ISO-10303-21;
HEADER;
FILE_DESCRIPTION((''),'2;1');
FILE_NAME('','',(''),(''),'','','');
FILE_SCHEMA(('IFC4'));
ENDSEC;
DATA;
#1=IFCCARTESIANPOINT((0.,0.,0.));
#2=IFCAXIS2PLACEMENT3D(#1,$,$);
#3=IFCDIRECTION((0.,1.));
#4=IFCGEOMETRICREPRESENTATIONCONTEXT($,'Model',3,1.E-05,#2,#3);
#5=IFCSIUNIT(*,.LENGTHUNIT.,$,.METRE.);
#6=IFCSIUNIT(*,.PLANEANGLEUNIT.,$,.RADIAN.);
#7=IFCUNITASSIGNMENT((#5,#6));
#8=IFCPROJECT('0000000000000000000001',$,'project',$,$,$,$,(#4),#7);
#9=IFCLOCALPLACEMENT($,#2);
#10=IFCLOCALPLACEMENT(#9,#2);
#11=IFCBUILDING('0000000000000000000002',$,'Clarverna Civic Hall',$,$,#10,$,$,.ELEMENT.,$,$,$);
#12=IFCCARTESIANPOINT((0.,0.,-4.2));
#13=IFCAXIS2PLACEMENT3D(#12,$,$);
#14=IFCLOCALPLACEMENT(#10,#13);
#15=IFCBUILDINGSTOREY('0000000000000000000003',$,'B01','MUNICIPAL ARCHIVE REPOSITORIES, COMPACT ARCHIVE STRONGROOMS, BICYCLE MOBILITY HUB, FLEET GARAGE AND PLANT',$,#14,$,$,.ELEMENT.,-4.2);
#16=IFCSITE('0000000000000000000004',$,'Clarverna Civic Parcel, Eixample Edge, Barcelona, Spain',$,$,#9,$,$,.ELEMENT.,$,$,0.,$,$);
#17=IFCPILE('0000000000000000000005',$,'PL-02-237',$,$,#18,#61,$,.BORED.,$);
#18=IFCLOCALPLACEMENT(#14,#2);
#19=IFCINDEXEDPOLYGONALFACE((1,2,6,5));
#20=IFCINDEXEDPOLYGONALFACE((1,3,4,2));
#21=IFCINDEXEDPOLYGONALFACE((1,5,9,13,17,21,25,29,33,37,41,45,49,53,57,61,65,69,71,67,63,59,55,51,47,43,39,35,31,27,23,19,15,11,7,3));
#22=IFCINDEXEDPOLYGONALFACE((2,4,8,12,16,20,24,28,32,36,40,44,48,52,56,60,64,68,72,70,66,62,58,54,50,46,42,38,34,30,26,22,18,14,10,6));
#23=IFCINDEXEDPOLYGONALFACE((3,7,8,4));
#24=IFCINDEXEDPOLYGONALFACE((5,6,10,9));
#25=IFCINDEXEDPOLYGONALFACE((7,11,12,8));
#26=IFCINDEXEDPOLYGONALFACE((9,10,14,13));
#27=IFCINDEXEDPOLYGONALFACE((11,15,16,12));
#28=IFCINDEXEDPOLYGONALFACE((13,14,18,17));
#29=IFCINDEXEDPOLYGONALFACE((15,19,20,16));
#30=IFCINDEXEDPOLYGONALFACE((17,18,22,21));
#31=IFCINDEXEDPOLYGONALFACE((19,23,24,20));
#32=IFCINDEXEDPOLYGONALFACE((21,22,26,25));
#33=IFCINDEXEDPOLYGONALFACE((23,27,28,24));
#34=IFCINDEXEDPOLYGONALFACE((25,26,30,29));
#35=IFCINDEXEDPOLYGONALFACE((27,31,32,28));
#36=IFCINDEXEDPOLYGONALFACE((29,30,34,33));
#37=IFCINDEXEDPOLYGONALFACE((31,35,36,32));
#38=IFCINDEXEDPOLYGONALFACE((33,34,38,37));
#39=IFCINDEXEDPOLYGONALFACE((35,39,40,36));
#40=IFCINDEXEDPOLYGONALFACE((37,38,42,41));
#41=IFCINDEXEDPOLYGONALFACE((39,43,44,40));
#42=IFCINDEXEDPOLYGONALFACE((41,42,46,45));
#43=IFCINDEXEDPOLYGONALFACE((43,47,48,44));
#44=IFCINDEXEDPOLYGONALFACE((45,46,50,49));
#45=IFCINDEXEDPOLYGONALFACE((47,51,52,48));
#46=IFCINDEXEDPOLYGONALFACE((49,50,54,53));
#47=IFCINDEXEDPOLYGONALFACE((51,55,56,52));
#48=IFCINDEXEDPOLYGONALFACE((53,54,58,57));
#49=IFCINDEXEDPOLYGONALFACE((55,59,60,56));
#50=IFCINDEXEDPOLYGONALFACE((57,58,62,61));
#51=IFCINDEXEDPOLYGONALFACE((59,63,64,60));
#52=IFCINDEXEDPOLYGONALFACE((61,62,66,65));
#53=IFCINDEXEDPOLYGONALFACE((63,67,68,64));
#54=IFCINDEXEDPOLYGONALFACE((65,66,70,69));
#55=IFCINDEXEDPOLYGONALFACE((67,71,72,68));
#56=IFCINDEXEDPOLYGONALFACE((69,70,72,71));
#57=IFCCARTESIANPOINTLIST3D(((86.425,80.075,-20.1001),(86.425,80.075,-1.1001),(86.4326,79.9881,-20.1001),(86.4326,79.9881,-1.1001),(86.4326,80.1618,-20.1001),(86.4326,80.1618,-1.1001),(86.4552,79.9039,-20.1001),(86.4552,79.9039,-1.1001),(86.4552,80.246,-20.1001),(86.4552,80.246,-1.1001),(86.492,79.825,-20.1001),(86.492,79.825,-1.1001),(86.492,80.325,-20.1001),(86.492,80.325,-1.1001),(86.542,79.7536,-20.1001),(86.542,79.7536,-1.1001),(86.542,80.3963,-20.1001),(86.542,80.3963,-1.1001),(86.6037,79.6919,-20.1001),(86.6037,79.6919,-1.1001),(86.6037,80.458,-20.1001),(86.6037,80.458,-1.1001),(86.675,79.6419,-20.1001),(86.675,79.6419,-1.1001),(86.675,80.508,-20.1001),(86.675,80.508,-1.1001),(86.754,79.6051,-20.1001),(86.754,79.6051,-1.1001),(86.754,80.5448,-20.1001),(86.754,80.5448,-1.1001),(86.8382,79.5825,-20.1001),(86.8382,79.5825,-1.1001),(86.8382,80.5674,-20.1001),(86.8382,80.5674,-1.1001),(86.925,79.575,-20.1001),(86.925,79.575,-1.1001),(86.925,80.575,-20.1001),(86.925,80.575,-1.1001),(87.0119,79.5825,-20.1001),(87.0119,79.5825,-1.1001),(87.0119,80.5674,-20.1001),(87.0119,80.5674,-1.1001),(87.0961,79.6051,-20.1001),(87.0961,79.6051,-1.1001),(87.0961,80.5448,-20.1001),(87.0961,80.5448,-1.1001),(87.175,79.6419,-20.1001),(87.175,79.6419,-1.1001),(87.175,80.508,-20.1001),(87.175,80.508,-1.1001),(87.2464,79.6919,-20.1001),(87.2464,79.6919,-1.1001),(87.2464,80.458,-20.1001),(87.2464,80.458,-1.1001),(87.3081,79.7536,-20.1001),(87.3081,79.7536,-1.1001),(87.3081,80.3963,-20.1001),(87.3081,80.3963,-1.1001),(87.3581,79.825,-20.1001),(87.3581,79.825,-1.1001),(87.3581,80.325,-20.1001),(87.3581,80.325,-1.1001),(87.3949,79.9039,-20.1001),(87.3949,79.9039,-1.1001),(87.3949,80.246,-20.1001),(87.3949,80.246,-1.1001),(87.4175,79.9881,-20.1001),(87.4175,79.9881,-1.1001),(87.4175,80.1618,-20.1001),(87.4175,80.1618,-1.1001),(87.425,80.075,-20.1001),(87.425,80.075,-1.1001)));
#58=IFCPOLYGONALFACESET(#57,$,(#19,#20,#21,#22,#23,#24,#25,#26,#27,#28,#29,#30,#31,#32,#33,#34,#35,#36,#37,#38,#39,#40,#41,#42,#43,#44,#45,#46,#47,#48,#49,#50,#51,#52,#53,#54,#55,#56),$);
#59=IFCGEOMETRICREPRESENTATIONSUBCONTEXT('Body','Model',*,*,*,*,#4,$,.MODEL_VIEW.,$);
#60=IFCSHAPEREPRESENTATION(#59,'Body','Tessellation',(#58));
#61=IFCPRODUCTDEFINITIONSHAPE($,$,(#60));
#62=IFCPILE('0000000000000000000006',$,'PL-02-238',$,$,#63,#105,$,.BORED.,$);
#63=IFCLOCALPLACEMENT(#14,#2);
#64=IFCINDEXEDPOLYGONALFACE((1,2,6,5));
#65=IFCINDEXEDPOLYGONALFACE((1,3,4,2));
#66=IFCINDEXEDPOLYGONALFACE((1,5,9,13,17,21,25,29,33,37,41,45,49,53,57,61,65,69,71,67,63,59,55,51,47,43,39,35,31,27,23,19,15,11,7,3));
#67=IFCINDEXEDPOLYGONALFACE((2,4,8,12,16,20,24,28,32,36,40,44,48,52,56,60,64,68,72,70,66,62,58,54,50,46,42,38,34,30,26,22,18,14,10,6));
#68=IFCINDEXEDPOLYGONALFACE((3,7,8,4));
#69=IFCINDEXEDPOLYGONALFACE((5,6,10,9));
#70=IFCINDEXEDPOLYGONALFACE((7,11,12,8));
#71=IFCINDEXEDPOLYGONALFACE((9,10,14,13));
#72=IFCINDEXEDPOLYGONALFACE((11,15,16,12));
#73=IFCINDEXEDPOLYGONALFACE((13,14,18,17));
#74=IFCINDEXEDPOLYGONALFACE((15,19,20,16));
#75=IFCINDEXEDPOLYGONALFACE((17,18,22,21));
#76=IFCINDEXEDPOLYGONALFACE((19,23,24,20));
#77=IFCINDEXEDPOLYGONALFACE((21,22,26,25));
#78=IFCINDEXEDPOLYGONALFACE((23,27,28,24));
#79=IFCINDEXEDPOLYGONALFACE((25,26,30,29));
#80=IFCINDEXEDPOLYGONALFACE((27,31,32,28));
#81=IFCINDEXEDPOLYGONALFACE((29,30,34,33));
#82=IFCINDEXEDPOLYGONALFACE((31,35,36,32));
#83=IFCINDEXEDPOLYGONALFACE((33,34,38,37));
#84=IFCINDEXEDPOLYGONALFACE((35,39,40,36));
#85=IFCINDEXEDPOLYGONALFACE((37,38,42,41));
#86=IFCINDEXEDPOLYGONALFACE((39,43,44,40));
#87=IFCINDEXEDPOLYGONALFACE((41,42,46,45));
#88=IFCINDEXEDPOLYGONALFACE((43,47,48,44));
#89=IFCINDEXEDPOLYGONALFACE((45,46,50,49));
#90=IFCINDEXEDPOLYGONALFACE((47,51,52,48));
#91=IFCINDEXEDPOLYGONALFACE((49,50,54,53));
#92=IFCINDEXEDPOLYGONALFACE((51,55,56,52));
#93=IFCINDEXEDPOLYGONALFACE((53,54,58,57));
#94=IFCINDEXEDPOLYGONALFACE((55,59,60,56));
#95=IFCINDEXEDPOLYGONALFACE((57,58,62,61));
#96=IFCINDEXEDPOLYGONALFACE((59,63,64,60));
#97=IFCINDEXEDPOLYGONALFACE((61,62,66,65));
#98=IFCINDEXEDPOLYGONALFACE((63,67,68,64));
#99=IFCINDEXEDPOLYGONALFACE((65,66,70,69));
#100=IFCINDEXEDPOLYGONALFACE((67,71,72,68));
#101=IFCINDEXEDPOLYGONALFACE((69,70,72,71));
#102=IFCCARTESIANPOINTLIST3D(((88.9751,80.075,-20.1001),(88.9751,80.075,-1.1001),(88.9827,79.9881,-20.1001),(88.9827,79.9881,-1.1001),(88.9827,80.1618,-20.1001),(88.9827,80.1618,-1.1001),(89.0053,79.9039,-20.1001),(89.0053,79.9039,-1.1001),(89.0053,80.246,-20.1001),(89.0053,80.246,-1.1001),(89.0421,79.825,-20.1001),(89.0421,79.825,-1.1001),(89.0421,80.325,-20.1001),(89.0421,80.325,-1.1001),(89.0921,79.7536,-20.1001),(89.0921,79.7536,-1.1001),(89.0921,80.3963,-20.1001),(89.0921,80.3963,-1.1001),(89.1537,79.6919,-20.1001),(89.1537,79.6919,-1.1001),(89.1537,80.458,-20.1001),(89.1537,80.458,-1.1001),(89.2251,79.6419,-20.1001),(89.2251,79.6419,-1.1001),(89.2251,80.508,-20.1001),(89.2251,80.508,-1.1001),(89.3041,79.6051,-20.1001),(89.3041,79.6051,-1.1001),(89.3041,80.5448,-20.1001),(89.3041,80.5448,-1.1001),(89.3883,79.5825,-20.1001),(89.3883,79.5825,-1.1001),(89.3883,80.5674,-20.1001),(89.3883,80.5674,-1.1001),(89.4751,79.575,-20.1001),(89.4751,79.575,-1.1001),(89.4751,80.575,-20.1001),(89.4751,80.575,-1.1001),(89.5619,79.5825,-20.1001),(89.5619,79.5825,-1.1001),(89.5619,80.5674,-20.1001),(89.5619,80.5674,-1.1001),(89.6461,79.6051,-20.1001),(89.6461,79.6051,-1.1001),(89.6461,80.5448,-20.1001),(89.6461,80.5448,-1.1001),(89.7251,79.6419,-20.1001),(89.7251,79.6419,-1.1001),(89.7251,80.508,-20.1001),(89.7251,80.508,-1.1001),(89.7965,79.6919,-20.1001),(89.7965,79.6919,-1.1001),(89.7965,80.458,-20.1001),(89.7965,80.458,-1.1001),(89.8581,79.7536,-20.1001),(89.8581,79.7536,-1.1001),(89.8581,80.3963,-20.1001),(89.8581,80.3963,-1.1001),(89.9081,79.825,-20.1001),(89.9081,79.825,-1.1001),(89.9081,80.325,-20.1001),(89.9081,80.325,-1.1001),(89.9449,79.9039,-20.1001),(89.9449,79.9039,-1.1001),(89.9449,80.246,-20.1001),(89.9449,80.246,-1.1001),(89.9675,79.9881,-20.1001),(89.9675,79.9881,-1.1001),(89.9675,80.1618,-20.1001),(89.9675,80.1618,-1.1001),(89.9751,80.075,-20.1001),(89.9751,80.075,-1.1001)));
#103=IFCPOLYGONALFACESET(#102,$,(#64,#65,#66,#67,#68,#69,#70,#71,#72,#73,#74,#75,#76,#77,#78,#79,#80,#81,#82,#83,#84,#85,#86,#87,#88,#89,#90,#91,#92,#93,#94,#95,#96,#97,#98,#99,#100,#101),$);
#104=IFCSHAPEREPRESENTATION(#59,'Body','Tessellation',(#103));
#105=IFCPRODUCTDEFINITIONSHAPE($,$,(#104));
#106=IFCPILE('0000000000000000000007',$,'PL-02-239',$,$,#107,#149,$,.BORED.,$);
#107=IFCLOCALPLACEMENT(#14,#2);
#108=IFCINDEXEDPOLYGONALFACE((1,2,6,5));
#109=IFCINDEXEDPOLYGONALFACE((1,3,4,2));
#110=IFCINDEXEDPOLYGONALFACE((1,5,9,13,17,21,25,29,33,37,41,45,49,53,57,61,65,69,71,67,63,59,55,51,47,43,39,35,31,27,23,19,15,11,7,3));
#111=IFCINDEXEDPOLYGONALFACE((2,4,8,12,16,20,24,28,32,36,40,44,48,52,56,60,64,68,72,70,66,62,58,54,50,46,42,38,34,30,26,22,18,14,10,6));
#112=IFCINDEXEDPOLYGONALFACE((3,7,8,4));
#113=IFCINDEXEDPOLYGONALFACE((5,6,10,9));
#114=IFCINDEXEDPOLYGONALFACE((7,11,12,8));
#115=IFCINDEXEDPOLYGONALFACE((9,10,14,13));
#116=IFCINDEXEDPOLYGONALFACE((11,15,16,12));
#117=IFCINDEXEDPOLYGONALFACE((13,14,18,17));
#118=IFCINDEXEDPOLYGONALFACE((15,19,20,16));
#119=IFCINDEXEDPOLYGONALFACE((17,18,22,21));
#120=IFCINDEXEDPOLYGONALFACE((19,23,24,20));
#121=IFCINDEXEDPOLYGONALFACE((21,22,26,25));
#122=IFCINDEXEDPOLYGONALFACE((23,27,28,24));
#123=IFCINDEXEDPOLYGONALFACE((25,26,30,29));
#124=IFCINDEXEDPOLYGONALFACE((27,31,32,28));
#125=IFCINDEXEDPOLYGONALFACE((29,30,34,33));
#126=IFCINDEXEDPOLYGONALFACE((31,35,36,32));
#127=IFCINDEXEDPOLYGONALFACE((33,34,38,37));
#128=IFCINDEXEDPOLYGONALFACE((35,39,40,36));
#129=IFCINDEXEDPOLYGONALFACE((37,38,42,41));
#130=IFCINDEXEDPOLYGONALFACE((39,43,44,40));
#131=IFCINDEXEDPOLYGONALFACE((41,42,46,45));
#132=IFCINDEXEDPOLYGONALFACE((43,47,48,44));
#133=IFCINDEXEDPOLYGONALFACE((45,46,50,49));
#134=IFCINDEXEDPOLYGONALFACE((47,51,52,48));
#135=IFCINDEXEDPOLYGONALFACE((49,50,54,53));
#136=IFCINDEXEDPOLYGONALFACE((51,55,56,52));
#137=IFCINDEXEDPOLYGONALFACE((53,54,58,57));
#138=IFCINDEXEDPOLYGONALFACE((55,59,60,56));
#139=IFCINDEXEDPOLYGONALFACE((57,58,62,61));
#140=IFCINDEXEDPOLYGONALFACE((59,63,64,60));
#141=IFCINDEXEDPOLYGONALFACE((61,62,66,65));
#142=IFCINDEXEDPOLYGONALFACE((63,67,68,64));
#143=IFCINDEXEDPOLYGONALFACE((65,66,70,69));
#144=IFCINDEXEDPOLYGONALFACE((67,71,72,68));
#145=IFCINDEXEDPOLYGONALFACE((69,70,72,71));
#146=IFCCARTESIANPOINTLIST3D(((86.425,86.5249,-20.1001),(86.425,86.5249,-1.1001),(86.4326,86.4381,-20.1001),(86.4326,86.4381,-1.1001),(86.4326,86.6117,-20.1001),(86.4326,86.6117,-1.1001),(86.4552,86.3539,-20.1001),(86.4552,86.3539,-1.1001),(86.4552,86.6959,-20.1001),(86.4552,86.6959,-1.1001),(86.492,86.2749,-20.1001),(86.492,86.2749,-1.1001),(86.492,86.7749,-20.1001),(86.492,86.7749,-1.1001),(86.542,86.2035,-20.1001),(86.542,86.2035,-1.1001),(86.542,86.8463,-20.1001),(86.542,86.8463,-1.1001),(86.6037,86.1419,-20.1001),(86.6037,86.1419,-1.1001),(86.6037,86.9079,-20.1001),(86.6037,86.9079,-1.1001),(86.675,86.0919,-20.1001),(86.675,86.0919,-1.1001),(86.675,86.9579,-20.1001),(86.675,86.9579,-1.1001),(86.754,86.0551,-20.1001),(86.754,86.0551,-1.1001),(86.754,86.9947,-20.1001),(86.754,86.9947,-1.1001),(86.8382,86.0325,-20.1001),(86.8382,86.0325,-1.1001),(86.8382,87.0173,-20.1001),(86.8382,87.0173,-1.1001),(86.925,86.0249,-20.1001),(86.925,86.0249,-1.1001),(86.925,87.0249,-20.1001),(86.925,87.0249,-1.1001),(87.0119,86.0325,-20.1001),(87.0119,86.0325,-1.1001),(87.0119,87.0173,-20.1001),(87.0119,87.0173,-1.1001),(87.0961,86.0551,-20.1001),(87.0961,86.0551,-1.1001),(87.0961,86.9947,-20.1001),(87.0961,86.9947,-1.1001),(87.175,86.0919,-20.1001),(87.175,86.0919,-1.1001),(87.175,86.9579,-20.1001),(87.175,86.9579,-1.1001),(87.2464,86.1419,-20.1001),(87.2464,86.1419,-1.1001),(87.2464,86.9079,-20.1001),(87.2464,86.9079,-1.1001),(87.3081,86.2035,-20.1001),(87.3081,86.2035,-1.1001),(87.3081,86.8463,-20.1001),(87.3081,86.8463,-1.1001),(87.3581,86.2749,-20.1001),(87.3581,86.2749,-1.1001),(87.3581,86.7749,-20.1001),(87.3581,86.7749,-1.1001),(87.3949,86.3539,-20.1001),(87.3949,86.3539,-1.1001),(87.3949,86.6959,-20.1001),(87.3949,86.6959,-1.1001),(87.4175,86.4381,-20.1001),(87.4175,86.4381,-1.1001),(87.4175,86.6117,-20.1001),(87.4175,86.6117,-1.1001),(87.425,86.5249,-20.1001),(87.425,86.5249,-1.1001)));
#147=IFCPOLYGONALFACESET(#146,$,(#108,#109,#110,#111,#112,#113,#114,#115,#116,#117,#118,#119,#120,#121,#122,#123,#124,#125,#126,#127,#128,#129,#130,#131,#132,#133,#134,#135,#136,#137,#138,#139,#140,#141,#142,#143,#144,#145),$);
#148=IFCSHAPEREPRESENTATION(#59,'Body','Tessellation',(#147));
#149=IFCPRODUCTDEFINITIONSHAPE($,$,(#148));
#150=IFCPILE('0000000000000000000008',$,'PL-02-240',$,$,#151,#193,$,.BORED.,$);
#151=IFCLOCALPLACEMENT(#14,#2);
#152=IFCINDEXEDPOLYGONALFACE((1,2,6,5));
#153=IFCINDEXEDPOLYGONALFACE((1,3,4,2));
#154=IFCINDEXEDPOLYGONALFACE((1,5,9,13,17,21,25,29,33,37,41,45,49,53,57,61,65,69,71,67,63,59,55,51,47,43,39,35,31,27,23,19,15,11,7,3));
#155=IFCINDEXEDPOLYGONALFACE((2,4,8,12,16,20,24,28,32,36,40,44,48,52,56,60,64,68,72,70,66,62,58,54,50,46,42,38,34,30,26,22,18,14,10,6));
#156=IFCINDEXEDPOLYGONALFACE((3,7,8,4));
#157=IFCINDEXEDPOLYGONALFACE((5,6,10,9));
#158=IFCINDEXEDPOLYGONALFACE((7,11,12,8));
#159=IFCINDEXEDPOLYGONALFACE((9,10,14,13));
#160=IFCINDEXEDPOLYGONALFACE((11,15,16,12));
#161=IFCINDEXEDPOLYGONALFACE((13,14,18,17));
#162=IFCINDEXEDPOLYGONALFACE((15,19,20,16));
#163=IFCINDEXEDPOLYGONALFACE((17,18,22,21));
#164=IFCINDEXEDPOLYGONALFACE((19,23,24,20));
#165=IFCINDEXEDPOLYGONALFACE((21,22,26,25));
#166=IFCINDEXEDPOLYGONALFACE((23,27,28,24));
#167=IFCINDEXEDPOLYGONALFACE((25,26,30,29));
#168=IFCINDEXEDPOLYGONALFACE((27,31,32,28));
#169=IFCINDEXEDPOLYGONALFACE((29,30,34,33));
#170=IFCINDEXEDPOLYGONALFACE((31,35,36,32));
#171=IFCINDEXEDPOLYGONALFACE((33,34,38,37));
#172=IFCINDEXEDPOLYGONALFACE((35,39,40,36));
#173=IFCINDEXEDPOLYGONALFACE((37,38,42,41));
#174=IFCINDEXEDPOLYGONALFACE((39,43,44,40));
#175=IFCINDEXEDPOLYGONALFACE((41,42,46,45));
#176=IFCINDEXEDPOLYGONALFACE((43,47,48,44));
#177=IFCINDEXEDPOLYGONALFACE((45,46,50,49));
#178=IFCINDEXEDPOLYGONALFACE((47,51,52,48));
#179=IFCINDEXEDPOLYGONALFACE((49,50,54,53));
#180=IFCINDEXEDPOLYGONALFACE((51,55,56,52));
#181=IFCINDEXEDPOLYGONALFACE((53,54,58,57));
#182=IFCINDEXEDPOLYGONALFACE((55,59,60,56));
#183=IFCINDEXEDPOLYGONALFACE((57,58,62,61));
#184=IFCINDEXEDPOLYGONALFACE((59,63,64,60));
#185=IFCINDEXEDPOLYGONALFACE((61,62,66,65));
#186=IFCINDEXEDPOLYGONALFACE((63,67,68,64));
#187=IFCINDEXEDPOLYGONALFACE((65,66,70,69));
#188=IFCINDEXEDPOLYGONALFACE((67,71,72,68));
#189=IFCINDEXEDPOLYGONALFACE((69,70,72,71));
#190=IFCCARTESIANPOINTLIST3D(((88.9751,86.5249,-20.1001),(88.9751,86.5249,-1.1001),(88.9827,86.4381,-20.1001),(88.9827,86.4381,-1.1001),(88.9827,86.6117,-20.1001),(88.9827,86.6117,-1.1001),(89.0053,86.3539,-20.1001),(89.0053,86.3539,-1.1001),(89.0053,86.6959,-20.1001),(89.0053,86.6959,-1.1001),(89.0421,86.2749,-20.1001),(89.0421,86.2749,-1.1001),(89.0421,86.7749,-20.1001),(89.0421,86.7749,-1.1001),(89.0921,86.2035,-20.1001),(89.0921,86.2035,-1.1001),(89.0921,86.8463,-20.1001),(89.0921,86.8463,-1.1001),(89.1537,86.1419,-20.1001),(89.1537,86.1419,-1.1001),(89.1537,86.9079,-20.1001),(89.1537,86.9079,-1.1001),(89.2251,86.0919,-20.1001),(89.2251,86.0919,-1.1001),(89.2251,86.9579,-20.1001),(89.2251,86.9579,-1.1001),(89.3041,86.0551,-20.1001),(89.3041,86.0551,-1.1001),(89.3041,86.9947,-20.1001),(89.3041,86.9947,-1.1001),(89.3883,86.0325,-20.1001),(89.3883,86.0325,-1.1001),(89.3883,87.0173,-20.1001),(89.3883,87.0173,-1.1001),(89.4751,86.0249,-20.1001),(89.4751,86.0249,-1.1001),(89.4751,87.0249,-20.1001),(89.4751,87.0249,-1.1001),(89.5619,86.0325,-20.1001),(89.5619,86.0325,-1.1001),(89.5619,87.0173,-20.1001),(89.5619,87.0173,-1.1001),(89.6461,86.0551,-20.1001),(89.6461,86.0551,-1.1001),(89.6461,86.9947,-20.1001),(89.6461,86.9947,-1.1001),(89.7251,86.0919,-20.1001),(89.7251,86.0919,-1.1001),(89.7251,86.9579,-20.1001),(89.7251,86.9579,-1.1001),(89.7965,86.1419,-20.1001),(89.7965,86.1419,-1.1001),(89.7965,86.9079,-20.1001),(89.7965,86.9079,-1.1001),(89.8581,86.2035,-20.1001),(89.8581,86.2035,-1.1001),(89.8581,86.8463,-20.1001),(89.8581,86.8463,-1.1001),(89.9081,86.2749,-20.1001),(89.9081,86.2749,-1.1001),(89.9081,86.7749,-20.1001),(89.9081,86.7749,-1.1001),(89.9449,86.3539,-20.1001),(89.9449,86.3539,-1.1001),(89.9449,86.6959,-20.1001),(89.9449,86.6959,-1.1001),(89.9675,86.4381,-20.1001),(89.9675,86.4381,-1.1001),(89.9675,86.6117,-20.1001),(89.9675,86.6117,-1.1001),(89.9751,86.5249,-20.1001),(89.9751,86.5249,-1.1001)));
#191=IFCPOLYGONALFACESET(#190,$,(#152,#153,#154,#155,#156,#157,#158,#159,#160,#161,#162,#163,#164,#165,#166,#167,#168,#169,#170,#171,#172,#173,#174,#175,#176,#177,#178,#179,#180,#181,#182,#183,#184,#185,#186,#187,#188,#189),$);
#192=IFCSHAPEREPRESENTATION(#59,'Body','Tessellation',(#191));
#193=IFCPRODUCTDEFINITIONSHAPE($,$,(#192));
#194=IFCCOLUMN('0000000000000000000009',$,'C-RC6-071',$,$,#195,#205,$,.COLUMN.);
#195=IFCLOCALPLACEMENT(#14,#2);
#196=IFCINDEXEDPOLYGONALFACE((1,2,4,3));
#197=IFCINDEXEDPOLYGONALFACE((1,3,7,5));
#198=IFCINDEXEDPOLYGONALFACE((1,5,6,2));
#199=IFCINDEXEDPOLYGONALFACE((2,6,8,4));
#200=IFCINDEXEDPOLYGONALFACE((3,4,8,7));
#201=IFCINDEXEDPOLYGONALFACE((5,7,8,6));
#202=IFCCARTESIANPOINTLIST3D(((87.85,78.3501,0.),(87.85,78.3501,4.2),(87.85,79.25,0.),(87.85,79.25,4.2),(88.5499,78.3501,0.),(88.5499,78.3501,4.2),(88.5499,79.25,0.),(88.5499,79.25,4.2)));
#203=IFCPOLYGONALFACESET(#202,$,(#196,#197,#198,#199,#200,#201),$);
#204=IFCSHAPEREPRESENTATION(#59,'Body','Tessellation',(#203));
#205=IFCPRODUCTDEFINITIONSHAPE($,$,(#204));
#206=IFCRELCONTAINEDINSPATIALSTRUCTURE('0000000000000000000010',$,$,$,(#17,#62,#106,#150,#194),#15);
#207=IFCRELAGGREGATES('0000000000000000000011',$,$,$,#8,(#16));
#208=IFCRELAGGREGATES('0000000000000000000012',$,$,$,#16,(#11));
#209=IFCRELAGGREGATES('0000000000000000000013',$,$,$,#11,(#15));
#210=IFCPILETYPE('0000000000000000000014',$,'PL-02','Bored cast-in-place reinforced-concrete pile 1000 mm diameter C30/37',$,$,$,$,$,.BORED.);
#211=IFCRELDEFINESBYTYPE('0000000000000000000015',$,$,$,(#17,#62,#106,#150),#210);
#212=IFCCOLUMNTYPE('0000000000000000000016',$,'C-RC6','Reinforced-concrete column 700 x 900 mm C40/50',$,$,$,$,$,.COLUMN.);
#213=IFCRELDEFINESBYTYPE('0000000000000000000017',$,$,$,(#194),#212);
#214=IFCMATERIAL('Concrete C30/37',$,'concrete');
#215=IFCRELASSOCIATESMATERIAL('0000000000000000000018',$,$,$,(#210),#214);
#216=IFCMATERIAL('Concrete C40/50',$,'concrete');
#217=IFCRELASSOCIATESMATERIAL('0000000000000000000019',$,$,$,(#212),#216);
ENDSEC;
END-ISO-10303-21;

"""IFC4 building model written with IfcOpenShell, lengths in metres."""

from ifc_helpers import new_model, si_unit, direction, frame, origin, origin_2d, place, context, subcontext, project, spatial, rectangle, circle, extrude, material, material_profile, profile_set, type_object, element, save


model = new_model("IFC4")

# Units and contexts
model_context = context("Model", 3, precision=1e-05, world=origin(), true_north=direction((0.0, 1.0)))
body_context = subcontext(model_context, "Body", "Model", "MODEL_VIEW")
ifc_project = project(units=[si_unit("LENGTHUNIT", "METRE"), si_unit("PLANEANGLEUNIT", "RADIAN")], contexts=[model_context])

# Site, building, storey
site_placement = place(None, origin())
site = spatial("IfcSite", under=ifc_project, at=site_placement, Name="Clarverna Civic Parcel, Eixample Edge, Barcelona, Spain", CompositionType="ELEMENT", RefElevation=0.0)
building_placement = place(site_placement, origin())
building = spatial("IfcBuilding", under=site, at=building_placement, Name="Clarverna Civic Hall", CompositionType="ELEMENT")
storey_placement = place(building_placement, frame((0.0, 0.0, -4.2)))
storey = spatial("IfcBuildingStorey", under=building, at=storey_placement, Name="B01", Description="MUNICIPAL ARCHIVE REPOSITORIES, COMPACT ARCHIVE STRONGROOMS, BICYCLE MOBILITY HUB, FLEET GARAGE AND PLANT", CompositionType="ELEMENT", Elevation=-4.2)

# Shared definitions
ifc_material_1 = material(Name="Concrete C30/37", Category="concrete")

# Piles
ifc_material_profile_1 = material_profile(ifc_material_1, circle(Radius=0.5, at=origin_2d()), Name="BORED PILE D1000")
ifc_profile_set_1 = profile_set([ifc_material_profile_1], Name="Concrete C30/37")
pile_type_1 = type_object("IfcPileType", Name="PL-02", Description="Bored cast-in-place reinforced-concrete pile 1000 mm diameter C30/37", PredefinedType="BORED", material=ifc_profile_set_1)
for number, where, z_axis, x_axis, name in (
    (1, (86.925, 80.075, -1.1001), (0.0, 0.0, -1.0), (1.0, 0.0, 0.0), "PL-02-237"),
    (2, (89.4751, 80.075, -1.1001), (0.0, 0.0, -1.0), (1.0, 0.0, 0.0), "PL-02-238"),
    (3, (86.925, 86.5249, -1.1001), (0.0, 0.0, -1.0), (1.0, 0.0, 0.0), "PL-02-239"),
    (4, (89.4751, 86.5249, -1.1001), (0.0, 0.0, -1.0), (1.0, 0.0, 0.0), "PL-02-240"),
):
    element("IfcPile", number, at=place(storey_placement, frame(where, z_axis=z_axis, x_axis=x_axis)), inside=storey, type_object=pile_type_1, Name=name, PredefinedType="BORED", context=body_context, shape_type="SweptSolid", body=[
        extrude(circle(Radius=0.5, at=origin_2d()), origin(), (0.0, 0.0, 1.0), 19.0),
    ])

# Column
ifc_material_2 = material(Name="Concrete C40/50", Category="concrete")
ifc_material_profile_2 = material_profile(ifc_material_2, rectangle(XDim=0.7, YDim=0.8999, at=origin_2d()), Name="RC 700x900")
ifc_profile_set_2 = profile_set([ifc_material_profile_2], Name="Concrete C40/50")
column_type = type_object("IfcColumnType", Name="C-RC6", Description="Reinforced-concrete column 700 x 900 mm C40/50", PredefinedType="COLUMN", material=ifc_profile_set_2)
column_placement = place(storey_placement, frame((88.2, 78.8, 0.0), z_axis=(0.0, 0.0, 1.0), x_axis=(1.0, 0.0, 0.0)))
element("IfcColumn", 5, at=column_placement, inside=storey, type_object=column_type, Name="C-RC6-071", PredefinedType="COLUMN", context=body_context, shape_type="SweptSolid", body=[
    extrude(rectangle(XDim=0.7, YDim=0.8999, at=origin_2d()), origin(), (0.0, 0.0, 1.0), 4.2),
])

save(model, "model.ifc")
